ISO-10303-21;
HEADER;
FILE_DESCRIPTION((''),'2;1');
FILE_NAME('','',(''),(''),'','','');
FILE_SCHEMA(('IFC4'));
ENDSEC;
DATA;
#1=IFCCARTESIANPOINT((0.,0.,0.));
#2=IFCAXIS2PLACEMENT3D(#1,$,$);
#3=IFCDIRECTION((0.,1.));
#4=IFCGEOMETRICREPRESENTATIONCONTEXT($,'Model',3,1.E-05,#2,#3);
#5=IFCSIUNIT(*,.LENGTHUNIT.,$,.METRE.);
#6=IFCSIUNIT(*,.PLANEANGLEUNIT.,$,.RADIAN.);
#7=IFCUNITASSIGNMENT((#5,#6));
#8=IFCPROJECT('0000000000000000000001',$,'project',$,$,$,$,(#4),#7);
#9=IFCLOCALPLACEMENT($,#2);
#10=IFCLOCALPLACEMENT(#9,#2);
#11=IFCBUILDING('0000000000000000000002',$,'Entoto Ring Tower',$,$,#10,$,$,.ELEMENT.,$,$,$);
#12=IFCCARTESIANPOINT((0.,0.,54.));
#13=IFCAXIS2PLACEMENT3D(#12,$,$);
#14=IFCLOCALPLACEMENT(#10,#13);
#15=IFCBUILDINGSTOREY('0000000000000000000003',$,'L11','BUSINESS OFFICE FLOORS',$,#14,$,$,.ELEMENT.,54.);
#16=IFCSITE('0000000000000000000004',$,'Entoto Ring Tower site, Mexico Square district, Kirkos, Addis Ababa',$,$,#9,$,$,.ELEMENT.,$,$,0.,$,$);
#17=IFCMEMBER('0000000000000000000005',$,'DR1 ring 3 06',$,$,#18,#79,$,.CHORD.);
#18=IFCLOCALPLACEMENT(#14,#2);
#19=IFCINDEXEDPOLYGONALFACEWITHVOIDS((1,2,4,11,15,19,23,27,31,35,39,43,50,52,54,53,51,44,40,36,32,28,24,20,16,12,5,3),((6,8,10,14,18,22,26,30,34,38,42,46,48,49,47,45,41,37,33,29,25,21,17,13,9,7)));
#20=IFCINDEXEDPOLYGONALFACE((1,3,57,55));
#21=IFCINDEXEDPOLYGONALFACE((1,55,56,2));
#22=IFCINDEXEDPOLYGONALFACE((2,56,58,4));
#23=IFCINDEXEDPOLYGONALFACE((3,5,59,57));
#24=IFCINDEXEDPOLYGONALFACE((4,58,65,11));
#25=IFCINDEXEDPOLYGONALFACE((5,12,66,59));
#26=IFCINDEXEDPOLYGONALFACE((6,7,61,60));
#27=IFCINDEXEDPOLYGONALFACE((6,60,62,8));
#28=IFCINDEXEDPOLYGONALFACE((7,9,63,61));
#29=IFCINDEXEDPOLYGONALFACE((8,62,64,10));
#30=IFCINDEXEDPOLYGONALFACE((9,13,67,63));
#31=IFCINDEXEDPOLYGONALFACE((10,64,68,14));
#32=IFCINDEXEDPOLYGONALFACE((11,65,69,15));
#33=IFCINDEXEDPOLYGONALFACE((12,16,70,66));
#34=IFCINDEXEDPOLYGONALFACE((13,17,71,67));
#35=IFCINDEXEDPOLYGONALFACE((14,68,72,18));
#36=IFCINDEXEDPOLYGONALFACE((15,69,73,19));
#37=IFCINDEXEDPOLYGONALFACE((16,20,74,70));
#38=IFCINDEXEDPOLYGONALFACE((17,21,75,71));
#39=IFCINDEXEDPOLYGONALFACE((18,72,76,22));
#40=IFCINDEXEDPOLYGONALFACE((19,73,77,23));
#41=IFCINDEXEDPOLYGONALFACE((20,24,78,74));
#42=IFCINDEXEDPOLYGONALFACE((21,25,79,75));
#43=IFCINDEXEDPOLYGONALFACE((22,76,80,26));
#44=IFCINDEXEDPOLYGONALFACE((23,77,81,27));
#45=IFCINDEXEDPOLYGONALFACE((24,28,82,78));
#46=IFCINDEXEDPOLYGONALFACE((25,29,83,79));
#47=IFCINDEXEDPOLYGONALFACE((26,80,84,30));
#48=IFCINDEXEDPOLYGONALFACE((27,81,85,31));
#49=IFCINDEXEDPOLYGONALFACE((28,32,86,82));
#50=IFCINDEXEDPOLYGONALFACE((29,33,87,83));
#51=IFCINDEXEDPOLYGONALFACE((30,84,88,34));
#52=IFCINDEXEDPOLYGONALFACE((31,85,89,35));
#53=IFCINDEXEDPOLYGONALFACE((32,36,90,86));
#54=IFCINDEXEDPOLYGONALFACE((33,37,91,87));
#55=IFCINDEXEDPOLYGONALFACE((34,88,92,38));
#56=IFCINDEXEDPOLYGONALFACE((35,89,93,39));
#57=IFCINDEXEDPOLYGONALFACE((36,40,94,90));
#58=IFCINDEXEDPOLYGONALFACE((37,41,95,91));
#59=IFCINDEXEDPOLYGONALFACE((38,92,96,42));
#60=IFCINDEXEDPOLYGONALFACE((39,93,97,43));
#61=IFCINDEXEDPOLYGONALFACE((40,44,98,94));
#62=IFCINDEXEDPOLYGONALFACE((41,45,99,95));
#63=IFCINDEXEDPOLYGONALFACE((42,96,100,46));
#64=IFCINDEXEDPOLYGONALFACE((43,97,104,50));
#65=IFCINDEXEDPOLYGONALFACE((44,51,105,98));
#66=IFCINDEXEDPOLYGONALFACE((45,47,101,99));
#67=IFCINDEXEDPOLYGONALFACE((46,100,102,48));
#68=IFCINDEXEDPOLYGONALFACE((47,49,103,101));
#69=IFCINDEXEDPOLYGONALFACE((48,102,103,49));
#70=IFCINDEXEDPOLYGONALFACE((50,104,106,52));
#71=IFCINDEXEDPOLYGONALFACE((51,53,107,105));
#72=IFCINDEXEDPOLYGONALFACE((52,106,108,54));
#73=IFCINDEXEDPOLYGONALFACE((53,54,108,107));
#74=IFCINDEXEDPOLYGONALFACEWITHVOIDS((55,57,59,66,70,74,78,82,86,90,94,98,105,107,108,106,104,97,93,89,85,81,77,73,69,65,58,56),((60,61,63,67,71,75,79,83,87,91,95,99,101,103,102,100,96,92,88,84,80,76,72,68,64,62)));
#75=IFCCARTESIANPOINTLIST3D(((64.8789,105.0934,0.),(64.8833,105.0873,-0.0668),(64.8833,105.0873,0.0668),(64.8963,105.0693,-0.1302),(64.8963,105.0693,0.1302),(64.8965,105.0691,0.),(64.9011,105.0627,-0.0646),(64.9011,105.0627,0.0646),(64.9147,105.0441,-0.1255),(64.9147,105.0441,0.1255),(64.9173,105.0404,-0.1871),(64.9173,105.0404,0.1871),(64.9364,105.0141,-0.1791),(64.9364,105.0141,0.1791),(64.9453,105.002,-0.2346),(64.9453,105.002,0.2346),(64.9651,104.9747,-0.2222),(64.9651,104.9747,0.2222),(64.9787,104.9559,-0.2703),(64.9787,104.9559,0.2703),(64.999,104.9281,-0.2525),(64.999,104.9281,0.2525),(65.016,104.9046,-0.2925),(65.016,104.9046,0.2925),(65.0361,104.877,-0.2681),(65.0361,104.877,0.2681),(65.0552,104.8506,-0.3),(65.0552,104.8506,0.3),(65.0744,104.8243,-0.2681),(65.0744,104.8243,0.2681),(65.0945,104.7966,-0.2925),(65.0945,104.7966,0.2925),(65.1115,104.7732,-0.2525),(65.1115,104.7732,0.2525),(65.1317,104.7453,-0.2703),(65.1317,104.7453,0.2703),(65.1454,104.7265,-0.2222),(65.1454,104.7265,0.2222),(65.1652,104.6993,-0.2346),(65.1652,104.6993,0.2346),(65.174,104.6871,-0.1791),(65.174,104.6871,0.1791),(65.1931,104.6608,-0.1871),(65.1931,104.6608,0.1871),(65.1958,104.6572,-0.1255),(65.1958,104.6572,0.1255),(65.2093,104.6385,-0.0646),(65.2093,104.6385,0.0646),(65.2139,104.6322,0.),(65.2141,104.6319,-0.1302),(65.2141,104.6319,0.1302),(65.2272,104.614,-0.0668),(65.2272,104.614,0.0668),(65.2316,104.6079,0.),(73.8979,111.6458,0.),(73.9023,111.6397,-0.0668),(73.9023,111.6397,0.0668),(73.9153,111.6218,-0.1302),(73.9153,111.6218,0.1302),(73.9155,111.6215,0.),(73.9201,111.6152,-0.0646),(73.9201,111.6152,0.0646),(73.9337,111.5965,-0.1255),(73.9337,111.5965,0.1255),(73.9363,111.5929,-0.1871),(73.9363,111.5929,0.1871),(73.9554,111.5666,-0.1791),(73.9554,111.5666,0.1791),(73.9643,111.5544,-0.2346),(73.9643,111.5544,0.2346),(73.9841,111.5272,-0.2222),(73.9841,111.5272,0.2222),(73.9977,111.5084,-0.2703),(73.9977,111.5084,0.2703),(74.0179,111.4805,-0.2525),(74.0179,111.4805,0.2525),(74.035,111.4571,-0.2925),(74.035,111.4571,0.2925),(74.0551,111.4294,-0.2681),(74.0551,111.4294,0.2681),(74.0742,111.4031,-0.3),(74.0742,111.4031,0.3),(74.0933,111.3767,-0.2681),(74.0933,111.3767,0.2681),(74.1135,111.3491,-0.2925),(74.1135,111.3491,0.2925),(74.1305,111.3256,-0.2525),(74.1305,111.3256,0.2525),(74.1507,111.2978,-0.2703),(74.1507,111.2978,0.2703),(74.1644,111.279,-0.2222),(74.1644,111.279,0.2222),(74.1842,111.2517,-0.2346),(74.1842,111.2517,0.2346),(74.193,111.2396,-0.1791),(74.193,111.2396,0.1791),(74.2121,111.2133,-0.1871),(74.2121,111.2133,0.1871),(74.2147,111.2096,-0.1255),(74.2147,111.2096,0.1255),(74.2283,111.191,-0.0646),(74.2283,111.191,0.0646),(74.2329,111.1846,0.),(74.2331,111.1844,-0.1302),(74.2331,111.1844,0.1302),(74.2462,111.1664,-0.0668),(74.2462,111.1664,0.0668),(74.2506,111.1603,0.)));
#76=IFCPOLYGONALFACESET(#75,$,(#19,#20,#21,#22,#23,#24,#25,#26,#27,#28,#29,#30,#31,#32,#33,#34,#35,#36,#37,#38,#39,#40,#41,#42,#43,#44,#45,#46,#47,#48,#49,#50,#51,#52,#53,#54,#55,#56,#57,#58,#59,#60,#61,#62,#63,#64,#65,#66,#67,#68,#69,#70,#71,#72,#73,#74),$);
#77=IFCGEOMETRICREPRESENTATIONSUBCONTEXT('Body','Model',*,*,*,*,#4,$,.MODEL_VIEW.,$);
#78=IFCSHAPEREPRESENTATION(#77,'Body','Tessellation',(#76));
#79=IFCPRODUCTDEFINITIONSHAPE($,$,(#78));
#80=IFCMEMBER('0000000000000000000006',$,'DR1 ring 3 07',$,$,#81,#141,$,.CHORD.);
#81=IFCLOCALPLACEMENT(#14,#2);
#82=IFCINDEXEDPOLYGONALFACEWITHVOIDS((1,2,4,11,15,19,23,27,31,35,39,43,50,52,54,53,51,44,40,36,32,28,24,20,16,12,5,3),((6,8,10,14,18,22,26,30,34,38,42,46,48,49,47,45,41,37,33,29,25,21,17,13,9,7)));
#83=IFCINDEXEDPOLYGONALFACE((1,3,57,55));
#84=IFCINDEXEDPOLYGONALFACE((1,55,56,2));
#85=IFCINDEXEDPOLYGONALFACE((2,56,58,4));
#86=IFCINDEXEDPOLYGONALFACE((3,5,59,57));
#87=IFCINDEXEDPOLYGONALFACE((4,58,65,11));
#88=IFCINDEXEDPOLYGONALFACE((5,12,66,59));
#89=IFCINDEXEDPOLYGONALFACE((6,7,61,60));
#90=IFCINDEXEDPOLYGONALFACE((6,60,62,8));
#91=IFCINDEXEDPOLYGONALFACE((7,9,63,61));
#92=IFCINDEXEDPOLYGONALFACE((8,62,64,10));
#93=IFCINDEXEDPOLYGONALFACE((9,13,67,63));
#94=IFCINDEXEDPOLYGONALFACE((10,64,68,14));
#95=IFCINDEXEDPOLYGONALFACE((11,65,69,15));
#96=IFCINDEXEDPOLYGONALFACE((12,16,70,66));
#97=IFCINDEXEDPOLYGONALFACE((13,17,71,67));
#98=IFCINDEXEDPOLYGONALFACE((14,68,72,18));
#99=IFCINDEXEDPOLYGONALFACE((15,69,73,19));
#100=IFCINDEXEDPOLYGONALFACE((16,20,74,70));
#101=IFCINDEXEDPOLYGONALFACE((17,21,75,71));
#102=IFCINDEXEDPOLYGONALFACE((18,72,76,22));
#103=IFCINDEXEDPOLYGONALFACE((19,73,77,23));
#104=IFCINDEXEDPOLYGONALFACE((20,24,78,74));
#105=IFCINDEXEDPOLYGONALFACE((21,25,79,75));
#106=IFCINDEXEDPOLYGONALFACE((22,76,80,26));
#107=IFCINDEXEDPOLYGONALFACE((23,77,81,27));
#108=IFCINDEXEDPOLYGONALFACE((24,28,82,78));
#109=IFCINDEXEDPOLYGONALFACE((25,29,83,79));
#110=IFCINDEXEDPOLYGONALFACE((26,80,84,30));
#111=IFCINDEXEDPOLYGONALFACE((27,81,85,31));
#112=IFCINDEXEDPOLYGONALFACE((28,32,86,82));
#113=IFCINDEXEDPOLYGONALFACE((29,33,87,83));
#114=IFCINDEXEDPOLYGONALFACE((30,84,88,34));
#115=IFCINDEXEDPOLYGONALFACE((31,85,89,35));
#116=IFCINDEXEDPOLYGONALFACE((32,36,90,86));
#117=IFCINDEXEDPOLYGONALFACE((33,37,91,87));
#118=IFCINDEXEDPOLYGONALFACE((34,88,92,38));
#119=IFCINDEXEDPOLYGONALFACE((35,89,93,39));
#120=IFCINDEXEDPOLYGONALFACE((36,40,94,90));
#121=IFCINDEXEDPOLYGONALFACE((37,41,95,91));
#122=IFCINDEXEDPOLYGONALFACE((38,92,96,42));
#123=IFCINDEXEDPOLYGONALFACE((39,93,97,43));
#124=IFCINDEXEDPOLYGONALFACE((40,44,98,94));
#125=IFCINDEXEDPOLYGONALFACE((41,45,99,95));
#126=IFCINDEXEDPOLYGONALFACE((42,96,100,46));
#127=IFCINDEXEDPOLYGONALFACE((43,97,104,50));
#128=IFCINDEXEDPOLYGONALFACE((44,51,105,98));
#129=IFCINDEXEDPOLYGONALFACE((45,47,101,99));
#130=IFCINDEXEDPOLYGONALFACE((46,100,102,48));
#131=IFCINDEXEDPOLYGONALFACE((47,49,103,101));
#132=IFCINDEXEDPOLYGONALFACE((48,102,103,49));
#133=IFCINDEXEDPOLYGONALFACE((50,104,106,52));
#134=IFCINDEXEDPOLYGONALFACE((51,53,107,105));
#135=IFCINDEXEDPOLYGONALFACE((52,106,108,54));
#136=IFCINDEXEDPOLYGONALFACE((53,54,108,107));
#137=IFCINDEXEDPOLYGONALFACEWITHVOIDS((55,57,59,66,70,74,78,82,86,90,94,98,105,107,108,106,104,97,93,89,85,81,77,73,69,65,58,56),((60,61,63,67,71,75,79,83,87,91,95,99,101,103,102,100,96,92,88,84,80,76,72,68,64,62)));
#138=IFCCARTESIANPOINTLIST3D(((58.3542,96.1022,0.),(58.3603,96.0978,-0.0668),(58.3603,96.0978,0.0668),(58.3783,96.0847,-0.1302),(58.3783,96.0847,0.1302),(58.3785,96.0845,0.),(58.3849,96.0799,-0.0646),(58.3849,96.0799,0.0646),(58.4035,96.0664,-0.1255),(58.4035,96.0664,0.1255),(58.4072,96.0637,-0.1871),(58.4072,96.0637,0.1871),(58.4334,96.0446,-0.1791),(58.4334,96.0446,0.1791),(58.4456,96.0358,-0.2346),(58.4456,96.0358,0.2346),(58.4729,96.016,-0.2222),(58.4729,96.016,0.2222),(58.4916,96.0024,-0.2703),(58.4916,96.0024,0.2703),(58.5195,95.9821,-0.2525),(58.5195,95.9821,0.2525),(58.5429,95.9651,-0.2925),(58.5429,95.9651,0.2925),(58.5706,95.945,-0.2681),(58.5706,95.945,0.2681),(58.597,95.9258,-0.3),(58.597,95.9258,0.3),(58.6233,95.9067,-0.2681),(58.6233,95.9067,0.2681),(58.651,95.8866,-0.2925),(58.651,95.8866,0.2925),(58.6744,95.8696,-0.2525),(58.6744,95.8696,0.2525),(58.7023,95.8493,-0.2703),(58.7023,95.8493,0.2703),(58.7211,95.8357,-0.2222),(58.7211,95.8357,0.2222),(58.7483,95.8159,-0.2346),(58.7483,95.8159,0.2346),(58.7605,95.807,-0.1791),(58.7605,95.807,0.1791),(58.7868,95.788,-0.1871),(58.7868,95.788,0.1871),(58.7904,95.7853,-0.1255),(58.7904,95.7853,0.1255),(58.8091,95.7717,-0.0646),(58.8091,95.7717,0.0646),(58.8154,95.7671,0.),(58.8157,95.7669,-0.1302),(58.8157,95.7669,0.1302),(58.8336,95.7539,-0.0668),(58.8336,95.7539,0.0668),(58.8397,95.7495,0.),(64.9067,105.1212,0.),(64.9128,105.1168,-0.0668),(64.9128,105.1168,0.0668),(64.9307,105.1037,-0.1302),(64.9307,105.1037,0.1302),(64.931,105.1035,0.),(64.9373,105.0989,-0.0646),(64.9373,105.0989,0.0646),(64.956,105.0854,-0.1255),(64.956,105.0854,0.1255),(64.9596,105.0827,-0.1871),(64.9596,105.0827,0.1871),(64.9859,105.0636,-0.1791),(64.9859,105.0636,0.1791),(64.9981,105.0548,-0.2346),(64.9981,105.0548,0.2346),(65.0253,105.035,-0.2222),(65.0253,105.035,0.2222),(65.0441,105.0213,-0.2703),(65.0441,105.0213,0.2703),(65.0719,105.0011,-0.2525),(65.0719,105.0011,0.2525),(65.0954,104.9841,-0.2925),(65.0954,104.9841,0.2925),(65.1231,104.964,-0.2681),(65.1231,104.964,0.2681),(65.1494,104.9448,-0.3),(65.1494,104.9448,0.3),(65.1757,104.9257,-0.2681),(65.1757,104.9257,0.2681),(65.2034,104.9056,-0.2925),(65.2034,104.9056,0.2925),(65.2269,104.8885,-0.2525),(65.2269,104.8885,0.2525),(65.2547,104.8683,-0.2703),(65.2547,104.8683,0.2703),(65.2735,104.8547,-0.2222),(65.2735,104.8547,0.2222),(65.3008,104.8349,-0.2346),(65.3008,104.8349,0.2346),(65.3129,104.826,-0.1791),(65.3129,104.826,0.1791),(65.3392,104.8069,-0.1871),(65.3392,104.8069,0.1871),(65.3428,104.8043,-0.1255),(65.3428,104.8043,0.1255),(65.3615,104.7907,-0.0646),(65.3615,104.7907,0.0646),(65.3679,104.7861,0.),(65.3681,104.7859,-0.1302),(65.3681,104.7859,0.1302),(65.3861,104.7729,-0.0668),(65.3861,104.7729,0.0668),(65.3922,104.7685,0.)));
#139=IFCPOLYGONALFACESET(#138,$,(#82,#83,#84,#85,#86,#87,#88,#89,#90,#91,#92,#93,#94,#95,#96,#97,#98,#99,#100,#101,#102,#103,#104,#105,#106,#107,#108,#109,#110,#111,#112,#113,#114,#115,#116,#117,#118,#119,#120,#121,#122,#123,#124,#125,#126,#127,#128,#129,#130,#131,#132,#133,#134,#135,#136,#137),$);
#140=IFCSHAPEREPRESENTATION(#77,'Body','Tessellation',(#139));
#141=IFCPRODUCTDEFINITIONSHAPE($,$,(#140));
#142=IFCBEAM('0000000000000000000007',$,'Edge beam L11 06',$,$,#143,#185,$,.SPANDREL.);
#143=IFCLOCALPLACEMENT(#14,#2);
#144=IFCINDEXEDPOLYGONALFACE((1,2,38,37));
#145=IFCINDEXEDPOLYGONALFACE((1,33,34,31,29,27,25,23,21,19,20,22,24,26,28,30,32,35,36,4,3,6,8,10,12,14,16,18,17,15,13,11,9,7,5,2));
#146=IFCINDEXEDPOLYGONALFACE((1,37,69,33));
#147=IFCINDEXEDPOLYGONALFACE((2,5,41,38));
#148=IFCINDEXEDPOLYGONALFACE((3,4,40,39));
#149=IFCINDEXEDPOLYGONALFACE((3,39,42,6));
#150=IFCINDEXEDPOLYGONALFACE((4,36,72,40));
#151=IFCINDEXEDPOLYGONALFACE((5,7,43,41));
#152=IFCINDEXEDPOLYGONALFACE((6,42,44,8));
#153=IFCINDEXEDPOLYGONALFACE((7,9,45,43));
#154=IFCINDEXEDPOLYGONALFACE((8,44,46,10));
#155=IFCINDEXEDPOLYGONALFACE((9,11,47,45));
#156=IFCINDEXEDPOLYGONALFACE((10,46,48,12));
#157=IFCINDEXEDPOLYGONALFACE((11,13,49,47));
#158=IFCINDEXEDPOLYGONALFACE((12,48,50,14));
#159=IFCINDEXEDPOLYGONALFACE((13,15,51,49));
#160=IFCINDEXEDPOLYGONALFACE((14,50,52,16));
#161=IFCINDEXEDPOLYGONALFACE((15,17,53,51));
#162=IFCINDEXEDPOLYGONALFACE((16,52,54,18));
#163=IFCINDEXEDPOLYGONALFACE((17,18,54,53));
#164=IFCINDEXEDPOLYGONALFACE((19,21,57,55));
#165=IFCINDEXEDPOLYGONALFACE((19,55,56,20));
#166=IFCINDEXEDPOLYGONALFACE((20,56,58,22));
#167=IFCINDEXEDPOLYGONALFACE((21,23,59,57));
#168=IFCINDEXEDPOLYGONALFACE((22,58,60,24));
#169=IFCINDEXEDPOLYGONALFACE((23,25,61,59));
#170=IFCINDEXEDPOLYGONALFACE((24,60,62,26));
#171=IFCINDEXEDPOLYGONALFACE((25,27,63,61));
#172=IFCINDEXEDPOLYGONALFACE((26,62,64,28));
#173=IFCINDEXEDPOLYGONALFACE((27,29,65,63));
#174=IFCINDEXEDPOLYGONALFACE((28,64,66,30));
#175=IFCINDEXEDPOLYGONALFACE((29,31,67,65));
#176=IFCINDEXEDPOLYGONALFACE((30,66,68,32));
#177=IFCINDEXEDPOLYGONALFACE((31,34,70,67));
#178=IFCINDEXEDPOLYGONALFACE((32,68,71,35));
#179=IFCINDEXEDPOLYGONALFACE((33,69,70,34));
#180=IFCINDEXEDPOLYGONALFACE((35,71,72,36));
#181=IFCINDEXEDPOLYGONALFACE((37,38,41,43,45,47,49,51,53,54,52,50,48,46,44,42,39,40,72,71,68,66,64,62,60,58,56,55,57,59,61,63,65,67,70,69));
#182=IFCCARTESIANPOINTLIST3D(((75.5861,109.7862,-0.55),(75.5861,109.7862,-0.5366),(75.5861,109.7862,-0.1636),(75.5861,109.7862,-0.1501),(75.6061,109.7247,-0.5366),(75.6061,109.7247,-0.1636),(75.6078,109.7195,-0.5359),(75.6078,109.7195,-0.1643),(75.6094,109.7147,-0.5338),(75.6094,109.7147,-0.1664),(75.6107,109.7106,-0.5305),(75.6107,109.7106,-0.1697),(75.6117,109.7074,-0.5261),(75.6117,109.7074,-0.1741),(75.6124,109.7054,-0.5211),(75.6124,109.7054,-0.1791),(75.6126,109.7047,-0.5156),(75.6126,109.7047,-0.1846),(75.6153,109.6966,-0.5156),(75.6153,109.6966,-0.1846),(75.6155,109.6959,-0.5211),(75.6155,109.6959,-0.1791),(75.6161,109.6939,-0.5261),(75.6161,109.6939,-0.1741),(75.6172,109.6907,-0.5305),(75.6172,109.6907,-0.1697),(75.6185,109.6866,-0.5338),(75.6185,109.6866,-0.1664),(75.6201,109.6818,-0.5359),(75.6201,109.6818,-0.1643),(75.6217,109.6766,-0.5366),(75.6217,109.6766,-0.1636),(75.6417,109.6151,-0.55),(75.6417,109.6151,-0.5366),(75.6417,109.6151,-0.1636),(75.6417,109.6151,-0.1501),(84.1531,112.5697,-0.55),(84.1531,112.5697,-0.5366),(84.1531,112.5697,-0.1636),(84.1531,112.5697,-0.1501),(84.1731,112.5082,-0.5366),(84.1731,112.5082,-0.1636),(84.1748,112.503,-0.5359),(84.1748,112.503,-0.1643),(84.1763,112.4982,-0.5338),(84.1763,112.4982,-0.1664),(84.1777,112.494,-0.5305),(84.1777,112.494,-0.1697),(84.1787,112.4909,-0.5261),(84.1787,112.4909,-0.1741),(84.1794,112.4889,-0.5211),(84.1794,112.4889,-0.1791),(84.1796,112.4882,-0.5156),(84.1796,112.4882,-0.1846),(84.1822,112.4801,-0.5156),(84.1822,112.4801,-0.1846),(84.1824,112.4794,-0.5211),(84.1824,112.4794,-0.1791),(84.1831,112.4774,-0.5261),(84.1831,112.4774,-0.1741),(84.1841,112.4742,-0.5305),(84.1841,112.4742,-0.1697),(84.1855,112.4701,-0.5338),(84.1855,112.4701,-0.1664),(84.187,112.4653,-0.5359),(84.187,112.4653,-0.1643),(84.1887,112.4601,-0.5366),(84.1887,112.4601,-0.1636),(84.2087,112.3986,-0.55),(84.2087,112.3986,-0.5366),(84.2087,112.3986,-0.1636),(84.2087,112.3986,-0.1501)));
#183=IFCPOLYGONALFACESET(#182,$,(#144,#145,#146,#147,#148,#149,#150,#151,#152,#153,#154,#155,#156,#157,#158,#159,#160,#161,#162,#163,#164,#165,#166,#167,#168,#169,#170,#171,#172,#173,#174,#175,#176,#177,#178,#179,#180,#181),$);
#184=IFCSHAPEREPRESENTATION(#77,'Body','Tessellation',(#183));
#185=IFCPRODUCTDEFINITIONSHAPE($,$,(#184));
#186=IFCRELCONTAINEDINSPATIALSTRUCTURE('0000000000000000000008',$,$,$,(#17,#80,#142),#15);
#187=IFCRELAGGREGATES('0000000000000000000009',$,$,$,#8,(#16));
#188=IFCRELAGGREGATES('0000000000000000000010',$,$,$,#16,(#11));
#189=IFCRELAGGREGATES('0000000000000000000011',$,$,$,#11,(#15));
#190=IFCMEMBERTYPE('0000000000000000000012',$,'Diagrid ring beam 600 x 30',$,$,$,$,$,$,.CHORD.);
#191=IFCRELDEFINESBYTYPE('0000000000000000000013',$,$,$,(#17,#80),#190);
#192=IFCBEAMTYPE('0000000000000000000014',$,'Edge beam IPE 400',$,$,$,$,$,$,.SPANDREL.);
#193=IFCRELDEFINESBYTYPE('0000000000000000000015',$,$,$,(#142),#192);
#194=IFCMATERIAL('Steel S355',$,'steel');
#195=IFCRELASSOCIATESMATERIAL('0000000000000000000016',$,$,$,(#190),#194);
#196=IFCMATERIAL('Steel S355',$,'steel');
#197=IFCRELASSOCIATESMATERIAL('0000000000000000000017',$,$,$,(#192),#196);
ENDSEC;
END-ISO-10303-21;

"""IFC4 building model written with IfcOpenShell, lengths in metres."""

from ifc_helpers import new_model, si_unit, direction, frame, origin, origin_2d, place, context, subcontext, project, spatial, circle, hollow_circle, i_section, extrude, material, material_profile, profile_set, type_object, element, save


model = new_model("IFC4")

# Units and contexts
model_context = context("Model", 3, precision=1e-05, world=origin(), true_north=direction((0.0, 1.0)))
body_context = subcontext(model_context, "Body", "Model", "MODEL_VIEW")
ifc_project = project(units=[si_unit("LENGTHUNIT", "METRE"), si_unit("PLANEANGLEUNIT", "RADIAN")], contexts=[model_context])

# Site, building, storey
site_placement = place(None, origin())
site = spatial("IfcSite", under=ifc_project, at=site_placement, Name="Entoto Ring Tower site, Mexico Square district, Kirkos, Addis Ababa", CompositionType="ELEMENT", RefElevation=0.0)
building_placement = place(site_placement, origin())
building = spatial("IfcBuilding", under=site, at=building_placement, Name="Entoto Ring Tower", CompositionType="ELEMENT")
storey_placement = place(building_placement, frame((0.0, 0.0, 54.0)))
storey = spatial("IfcBuildingStorey", under=building, at=storey_placement, Name="L11", Description="BUSINESS OFFICE FLOORS", CompositionType="ELEMENT", Elevation=54.0)

# Members
ifc_material_1 = material(Name="Steel S355", Category="steel")
ifc_material_profile_1 = material_profile(ifc_material_1, hollow_circle(Radius=0.3, WallThickness=0.03, at=origin_2d()), Name="CHS 600 x 30")
ifc_material_2 = material(Name="Concrete C60/75", Category="concrete")
ifc_material_profile_2 = material_profile(ifc_material_2, circle(Radius=0.27, at=origin_2d()), Name="Concrete C60/75 infill")
ifc_profile_set_1 = profile_set([ifc_material_profile_1, ifc_material_profile_2], Name="Steel S355")
member_type_1 = type_object("IfcMemberType", Name="Diagrid ring beam 600 x 30", PredefinedType="CHORD", material=ifc_profile_set_1)
for number, where, z_axis, x_axis, name in (
    (1, (74.0742, 111.4031, 0.0), (-0.809027, -0.587772, 0.0), (0.587772, -0.809027, 0.0), "DR1 ring 3 06"),
    (2, (65.1494, 104.9448, 0.0), (-0.587772, -0.809027, 0.0), (0.809027, -0.587772, 0.0), "DR1 ring 3 07"),
):
    element("IfcMember", number, at=place(storey_placement, frame(where, z_axis=z_axis, x_axis=x_axis)), inside=storey, type_object=member_type_1, Name=name, PredefinedType="CHORD", context=body_context, shape_type="SweptSolid", body=[
        extrude(hollow_circle(Radius=0.3, WallThickness=0.03, at=origin_2d()), origin(), (0.0, 0.0, 1.0), 11.1479),
    ])

# Beam
ifc_material_3 = material(Name="Steel S355", Category="steel")
ifc_material_profile_3 = material_profile(ifc_material_3, i_section(OverallWidth=0.1799, OverallDepth=0.3999, WebThickness=0.0085, FlangeThickness=0.0134, FilletRadius=0.021, at=origin_2d()), Name="IPE 400")
ifc_profile_set_2 = profile_set([ifc_material_profile_3], Name="Steel S355")
beam_type = type_object("IfcBeamType", Name="Edge beam IPE 400", PredefinedType="SPANDREL", material=ifc_profile_set_2)
for number, where, z_axis, x_axis, name in (
    (3, (84.1809, 112.4841, -0.3501), (-0.95106, -0.309006, 0.0), (0.309006, -0.95106, 0.0), "Edge beam L11 06"),
):
    element("IfcBeam", number, at=place(storey_placement, frame(where, z_axis=z_axis, x_axis=x_axis)), inside=storey, type_object=beam_type, Name=name, PredefinedType="SPANDREL", context=body_context, shape_type="SweptSolid", body=[
        extrude(i_section(OverallWidth=0.1799, OverallDepth=0.3999, WebThickness=0.0085, FlangeThickness=0.0134, FilletRadius=0.021, at=origin_2d()), origin(), (0.0, 0.0, 1.0), 9.0078),
    ])

save(model, "model.ifc")
